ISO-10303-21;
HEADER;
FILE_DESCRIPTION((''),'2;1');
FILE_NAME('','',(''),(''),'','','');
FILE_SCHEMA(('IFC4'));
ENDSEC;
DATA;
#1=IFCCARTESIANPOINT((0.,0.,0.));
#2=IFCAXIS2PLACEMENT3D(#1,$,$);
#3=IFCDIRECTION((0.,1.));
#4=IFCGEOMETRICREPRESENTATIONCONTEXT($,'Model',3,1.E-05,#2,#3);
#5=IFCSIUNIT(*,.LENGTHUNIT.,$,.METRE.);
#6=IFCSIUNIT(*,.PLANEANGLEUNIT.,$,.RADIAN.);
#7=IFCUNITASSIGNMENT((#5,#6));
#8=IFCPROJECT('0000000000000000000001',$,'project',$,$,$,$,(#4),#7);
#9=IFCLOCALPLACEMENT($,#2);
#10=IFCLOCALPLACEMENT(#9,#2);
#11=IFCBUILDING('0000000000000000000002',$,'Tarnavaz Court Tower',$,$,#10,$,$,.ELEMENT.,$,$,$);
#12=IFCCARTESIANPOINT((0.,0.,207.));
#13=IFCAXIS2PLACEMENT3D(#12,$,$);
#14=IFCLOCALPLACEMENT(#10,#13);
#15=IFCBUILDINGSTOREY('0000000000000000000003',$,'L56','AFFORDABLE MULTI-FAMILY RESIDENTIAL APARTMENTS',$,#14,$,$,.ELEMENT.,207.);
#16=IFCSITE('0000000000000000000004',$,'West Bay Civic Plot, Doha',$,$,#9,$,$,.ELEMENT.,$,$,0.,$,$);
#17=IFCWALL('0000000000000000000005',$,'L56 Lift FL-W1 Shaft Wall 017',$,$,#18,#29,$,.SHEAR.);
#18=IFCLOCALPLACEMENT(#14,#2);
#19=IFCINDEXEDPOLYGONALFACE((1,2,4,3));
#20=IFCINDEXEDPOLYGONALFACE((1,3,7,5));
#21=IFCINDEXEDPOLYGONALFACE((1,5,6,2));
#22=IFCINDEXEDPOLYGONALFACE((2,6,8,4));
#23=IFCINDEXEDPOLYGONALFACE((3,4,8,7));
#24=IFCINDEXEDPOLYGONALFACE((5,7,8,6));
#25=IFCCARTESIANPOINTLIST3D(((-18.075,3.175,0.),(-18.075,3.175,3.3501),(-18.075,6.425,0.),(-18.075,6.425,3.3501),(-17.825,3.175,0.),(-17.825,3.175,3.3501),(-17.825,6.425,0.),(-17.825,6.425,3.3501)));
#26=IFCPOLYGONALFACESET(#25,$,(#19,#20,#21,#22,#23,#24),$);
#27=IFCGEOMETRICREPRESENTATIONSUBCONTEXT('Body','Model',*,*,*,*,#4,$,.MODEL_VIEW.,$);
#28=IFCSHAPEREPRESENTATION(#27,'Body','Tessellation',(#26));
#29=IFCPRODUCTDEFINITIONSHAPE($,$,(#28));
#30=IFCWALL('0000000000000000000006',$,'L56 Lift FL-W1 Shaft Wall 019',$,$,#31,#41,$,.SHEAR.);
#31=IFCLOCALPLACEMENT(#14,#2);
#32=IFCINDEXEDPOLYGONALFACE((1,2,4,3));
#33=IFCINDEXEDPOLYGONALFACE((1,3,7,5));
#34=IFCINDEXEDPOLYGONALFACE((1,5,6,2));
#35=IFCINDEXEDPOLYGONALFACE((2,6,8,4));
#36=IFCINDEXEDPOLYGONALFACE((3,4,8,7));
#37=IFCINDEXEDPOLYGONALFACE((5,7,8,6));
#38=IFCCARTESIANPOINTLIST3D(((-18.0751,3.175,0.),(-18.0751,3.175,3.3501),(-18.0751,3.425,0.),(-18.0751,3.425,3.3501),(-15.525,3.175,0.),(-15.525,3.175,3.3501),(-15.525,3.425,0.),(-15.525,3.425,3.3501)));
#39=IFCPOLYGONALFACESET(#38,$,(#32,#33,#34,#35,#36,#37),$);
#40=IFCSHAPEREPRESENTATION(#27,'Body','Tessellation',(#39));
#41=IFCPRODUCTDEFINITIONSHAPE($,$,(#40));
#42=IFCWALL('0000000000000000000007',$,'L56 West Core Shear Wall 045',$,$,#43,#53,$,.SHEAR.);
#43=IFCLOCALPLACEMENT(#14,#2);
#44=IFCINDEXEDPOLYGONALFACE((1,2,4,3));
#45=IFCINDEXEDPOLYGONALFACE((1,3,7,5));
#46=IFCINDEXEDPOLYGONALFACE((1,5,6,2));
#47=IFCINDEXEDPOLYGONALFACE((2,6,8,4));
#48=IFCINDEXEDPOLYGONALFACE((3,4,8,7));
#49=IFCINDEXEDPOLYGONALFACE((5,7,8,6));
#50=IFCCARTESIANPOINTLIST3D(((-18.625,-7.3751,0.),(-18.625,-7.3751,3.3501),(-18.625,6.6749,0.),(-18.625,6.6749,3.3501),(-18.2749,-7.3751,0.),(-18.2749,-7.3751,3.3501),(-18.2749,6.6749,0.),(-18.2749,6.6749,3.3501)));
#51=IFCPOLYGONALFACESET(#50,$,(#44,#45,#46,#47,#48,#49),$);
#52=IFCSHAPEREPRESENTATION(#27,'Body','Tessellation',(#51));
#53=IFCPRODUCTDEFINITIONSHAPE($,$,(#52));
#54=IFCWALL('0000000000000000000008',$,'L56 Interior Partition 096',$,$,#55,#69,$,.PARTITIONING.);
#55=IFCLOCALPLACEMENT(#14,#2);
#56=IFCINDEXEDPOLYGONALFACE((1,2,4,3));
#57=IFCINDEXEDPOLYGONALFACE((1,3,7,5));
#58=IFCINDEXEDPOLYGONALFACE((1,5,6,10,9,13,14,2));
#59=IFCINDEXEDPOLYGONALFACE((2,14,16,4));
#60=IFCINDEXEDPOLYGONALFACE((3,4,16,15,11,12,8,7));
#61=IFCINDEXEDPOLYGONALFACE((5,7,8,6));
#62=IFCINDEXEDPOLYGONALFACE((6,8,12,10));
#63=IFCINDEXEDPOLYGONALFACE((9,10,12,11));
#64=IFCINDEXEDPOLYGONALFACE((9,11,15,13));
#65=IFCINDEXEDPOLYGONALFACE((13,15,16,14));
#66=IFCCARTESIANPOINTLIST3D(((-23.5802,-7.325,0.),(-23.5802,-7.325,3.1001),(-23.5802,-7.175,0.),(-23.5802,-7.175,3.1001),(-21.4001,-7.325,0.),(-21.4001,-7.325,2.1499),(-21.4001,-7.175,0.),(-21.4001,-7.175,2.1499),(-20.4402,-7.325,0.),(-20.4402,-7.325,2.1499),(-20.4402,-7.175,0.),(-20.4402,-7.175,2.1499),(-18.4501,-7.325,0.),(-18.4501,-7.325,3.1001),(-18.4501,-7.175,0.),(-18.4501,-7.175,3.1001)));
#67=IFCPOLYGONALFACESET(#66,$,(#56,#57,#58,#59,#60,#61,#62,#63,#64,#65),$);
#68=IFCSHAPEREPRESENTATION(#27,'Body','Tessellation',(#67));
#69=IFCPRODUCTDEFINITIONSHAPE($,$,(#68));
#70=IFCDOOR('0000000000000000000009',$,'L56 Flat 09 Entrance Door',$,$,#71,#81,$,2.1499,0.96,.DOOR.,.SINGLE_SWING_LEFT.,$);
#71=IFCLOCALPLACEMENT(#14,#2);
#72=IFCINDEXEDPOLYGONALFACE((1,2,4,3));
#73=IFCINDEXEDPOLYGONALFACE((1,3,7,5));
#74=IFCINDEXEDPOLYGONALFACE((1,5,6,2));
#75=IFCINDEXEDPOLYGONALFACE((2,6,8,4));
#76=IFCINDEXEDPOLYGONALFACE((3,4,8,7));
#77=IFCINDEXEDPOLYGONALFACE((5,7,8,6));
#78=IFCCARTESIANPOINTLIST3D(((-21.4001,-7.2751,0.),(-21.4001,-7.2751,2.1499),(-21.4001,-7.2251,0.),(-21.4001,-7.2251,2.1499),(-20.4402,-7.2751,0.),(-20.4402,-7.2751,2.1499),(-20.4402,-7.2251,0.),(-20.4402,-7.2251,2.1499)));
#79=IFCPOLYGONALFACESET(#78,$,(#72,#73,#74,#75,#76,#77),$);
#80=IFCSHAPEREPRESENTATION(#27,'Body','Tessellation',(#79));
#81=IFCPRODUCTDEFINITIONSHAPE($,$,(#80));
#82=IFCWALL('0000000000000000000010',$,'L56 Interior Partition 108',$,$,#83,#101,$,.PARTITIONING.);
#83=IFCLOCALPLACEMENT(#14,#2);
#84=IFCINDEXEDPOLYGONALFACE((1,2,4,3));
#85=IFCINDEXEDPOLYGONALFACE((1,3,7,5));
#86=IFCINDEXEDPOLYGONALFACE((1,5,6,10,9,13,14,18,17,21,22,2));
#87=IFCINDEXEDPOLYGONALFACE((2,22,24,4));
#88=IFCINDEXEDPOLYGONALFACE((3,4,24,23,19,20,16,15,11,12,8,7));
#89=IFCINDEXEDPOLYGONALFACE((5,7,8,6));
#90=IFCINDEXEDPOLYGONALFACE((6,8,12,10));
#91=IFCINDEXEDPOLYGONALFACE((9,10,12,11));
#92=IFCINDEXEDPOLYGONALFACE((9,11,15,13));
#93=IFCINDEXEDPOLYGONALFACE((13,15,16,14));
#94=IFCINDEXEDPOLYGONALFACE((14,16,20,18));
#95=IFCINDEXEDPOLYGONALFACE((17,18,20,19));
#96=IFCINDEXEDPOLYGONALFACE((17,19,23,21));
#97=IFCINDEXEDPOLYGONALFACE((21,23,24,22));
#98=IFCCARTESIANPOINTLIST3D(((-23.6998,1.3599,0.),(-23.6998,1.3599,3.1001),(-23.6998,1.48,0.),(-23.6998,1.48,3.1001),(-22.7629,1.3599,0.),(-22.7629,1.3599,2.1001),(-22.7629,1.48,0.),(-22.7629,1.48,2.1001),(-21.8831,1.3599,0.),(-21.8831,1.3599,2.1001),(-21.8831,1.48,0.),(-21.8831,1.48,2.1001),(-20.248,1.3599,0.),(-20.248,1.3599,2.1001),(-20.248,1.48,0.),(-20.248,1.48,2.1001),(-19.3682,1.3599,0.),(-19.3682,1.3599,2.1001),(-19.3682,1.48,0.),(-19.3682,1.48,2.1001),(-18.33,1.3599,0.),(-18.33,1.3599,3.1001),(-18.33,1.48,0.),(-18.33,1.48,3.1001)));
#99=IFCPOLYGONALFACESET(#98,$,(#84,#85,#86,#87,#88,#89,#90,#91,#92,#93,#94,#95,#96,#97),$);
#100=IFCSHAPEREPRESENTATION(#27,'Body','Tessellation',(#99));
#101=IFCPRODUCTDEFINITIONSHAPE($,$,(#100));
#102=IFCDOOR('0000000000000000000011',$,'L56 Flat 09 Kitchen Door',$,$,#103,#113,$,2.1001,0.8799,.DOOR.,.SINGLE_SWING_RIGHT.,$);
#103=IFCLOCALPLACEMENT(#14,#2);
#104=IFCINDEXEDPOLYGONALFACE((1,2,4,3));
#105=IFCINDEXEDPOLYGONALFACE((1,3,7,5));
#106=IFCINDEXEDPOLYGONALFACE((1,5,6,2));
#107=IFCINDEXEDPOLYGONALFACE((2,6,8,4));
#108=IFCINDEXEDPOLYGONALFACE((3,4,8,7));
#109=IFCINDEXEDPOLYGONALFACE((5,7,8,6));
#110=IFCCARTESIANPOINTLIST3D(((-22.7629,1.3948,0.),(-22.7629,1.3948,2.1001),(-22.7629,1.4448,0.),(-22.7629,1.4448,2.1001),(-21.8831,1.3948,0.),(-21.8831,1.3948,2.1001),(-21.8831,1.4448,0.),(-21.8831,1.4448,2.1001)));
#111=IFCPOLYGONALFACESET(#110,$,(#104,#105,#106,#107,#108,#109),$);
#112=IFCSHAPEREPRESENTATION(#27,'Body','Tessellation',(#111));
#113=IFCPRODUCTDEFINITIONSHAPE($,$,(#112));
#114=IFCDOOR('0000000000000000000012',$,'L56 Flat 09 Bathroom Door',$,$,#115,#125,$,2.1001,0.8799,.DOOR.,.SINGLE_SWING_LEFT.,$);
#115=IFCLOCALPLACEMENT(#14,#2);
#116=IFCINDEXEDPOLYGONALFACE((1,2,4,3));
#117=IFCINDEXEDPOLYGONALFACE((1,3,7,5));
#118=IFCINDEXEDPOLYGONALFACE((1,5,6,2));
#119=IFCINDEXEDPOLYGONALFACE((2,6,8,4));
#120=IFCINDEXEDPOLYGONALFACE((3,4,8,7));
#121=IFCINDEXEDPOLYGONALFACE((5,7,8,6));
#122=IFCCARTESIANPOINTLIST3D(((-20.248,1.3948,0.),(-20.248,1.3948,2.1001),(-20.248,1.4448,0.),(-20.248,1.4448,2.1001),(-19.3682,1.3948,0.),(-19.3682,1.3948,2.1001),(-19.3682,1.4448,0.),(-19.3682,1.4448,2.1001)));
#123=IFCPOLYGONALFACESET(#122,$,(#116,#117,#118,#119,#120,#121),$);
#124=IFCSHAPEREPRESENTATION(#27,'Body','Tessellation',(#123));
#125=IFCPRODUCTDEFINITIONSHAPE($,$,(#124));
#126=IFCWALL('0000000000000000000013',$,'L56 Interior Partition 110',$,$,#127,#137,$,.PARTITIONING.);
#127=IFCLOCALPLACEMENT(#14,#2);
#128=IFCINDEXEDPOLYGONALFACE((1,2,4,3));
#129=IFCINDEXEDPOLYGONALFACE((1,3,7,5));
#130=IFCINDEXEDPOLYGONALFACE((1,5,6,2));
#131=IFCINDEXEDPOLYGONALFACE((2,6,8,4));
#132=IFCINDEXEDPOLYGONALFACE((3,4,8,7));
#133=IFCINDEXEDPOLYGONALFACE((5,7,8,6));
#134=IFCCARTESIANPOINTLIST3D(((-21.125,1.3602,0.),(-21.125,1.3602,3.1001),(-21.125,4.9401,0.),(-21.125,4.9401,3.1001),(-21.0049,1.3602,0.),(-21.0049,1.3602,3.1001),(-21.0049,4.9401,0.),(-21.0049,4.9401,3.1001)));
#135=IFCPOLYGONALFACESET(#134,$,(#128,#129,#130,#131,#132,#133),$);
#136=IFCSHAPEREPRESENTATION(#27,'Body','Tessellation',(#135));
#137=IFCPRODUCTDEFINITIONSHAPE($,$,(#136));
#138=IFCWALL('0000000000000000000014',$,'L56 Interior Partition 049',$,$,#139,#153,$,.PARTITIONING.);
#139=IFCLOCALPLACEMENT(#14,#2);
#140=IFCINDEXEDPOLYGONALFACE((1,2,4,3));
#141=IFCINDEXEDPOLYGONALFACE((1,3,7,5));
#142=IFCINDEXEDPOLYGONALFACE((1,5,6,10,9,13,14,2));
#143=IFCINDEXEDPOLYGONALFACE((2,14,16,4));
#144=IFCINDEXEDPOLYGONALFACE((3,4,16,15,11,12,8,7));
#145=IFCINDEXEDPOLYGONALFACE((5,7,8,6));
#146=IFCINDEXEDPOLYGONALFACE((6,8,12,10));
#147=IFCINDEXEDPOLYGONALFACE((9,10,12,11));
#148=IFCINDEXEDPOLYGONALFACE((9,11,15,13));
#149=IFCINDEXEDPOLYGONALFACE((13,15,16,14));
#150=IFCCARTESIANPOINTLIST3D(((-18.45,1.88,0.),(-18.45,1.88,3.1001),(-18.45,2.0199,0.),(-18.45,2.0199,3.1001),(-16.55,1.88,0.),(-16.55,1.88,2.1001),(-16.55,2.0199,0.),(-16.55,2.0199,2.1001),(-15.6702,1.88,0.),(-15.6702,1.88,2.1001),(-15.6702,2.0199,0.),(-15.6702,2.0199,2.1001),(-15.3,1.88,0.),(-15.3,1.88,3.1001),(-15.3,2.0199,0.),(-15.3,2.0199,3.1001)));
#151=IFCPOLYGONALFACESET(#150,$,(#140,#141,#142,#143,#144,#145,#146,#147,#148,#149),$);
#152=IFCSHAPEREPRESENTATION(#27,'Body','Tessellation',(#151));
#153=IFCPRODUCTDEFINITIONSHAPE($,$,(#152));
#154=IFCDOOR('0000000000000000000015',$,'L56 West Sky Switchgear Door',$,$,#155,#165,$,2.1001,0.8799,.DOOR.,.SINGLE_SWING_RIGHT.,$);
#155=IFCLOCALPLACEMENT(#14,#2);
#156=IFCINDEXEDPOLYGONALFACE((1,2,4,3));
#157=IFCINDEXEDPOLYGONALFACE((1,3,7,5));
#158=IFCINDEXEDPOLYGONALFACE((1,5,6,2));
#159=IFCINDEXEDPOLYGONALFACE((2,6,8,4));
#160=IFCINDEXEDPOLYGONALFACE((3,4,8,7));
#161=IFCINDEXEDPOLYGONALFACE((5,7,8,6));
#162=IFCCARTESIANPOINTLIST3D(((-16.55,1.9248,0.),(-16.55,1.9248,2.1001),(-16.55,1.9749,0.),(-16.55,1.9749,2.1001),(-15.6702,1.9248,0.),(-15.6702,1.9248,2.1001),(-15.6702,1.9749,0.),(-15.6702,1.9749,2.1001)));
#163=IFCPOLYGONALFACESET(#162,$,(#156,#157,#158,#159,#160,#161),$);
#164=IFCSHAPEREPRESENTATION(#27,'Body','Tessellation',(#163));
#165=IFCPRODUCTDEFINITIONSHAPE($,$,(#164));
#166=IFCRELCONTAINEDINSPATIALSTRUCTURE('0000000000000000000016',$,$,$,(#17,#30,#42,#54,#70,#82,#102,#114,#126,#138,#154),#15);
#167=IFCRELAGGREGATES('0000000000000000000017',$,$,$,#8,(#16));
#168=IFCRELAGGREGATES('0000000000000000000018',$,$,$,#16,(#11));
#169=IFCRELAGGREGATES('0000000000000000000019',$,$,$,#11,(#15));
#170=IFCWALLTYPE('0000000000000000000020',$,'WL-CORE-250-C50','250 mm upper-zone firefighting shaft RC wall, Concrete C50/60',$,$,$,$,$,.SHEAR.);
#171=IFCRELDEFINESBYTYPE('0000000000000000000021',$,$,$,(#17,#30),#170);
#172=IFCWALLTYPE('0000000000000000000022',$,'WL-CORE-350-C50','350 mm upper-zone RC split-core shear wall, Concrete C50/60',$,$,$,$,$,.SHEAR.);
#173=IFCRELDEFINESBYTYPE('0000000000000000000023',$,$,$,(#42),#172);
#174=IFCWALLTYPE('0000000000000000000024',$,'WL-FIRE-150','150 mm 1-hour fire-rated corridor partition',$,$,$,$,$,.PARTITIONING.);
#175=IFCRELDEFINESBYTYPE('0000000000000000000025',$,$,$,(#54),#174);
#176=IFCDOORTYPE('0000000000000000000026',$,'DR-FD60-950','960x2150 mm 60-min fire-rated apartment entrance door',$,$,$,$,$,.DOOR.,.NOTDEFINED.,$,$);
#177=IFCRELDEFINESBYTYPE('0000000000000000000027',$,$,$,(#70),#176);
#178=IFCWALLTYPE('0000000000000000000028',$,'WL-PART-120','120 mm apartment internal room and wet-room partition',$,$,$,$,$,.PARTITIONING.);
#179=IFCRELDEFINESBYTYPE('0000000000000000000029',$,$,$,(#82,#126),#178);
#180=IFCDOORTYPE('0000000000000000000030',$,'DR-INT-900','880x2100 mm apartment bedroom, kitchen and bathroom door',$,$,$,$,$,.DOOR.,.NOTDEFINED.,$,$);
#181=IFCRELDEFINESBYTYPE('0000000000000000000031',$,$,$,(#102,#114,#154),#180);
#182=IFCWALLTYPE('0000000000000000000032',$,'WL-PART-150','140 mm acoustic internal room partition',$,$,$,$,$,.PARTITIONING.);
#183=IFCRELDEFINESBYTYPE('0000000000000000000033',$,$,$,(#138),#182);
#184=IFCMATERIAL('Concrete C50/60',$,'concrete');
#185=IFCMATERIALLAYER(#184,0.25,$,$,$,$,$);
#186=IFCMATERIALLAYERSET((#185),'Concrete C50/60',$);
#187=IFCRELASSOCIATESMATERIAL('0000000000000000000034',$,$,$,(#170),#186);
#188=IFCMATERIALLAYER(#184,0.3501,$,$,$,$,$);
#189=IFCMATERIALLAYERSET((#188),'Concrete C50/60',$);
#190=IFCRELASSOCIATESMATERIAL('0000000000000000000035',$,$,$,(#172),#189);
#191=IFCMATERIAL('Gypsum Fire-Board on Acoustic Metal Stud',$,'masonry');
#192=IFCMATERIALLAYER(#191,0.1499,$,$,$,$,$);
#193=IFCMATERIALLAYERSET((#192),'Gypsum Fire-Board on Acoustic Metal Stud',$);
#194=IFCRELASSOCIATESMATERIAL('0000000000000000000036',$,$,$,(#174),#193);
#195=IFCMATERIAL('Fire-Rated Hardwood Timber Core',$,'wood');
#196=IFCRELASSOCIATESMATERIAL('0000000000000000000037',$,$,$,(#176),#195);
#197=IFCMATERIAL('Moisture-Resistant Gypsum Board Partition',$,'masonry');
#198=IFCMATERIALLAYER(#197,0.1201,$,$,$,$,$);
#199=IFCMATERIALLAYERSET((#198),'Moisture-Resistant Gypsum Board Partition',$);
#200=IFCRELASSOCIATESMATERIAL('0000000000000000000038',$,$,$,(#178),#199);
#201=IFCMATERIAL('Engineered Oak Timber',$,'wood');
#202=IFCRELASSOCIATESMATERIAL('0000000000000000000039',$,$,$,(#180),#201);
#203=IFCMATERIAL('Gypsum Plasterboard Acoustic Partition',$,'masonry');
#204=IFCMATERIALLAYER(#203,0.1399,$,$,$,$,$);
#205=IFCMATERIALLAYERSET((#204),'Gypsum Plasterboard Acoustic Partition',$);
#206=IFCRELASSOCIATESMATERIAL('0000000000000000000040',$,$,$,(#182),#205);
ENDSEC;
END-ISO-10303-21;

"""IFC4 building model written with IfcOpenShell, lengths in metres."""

from ifc_helpers import new_model, si_unit, direction, frame, frame_2d, origin, place, context, subcontext, project, spatial, rectangle, extrude, material, layer, layer_set, type_object, element, fill, save


model = new_model("IFC4")

# Units and contexts
model_context = context("Model", 3, precision=1e-05, world=origin(), true_north=direction((0.0, 1.0)))
body_context = subcontext(model_context, "Body", "Model", "MODEL_VIEW")
ifc_project = project(units=[si_unit("LENGTHUNIT", "METRE"), si_unit("PLANEANGLEUNIT", "RADIAN")], contexts=[model_context])

# Site, building, storey
site_placement = place(None, origin())
site = spatial("IfcSite", under=ifc_project, at=site_placement, Name="West Bay Civic Plot, Doha", CompositionType="ELEMENT", RefElevation=0.0)
building_placement = place(site_placement, origin())
building = spatial("IfcBuilding", under=site, at=building_placement, Name="Tarnavaz Court Tower", CompositionType="ELEMENT")
storey_placement = place(building_placement, frame((0.0, 0.0, 207.0)))
storey = spatial("IfcBuildingStorey", under=building, at=storey_placement, Name="L56", Description="AFFORDABLE MULTI-FAMILY RESIDENTIAL APARTMENTS", CompositionType="ELEMENT", Elevation=207.0)

# Shared definitions
ifc_material_1 = material(Name="Concrete C50/60", Category="concrete")

# Walls
ifc_layer_1 = layer(ifc_material_1, 0.25)
ifc_layer_set_1 = layer_set([ifc_layer_1], Name="Concrete C50/60")
wall_type_1 = type_object("IfcWallType", Name="WL-CORE-250-C50", Description="250 mm upper-zone firefighting shaft RC wall, Concrete C50/60", PredefinedType="SHEAR", material=ifc_layer_set_1)
wall_1_placement = place(storey_placement, frame((-17.95, 3.175, 0.0), z_axis=(0.0, 0.0, 1.0), x_axis=(0.0, 1.0, 0.0)))
element("IfcWall", 1, at=wall_1_placement, inside=storey, type_object=wall_type_1, Name="L56 Lift FL-W1 Shaft Wall 017", PredefinedType="SHEAR", context=body_context, shape_type="SweptSolid", body=[
    extrude(rectangle(XDim=3.25, YDim=0.25, at=frame_2d((1.625, 0.0))), origin(), (0.0, 0.0, 1.0), 3.3501),
])
wall_2_placement = place(storey_placement, frame((-18.075, 3.3, 0.0), z_axis=(0.0, 0.0, 1.0), x_axis=(1.0, 0.0, 0.0)))
element("IfcWall", 2, at=wall_2_placement, inside=storey, type_object=wall_type_1, Name="L56 Lift FL-W1 Shaft Wall 019", PredefinedType="SHEAR", context=body_context, shape_type="SweptSolid", body=[
    extrude(rectangle(XDim=2.55, YDim=0.25, at=frame_2d((1.2749, 0.0))), origin(), (0.0, 0.0, 1.0), 3.3501),
])
ifc_layer_2 = layer(ifc_material_1, 0.3501)
ifc_layer_set_2 = layer_set([ifc_layer_2], Name="Concrete C50/60")
wall_type_2 = type_object("IfcWallType", Name="WL-CORE-350-C50", Description="350 mm upper-zone RC split-core shear wall, Concrete C50/60", PredefinedType="SHEAR", material=ifc_layer_set_2)
wall_3_placement = place(storey_placement, frame((-18.45, -7.375, 0.0), z_axis=(0.0, 0.0, 1.0), x_axis=(0.0, 1.0, 0.0)))
element("IfcWall", 3, at=wall_3_placement, inside=storey, type_object=wall_type_2, Name="L56 West Core Shear Wall 045", PredefinedType="SHEAR", context=body_context, shape_type="SweptSolid", body=[
    extrude(rectangle(XDim=14.05, YDim=0.3501, at=frame_2d((7.0249, 0.0))), origin(), (0.0, 0.0, 1.0), 3.3501),
])

# Wall, opening, door
ifc_material_2 = material(Name="Fire-Rated Hardwood Timber Core", Category="wood")
ifc_material_3 = material(Name="Gypsum Fire-Board on Acoustic Metal Stud", Category="masonry")
ifc_layer_3 = layer(ifc_material_3, 0.1499)
ifc_layer_set_3 = layer_set([ifc_layer_3], Name="Gypsum Fire-Board on Acoustic Metal Stud")
wall_type_3 = type_object("IfcWallType", Name="WL-FIRE-150", Description="150 mm 1-hour fire-rated corridor partition", PredefinedType="PARTITIONING", material=ifc_layer_set_3)
wall_4_placement = place(storey_placement, frame((-23.5801, -7.25, 0.0), z_axis=(0.0, 0.0, 1.0), x_axis=(1.0, 0.0, 0.0)))
wall_4 = element("IfcWall", 4, at=wall_4_placement, inside=storey, type_object=wall_type_3, Name="L56 Interior Partition 096", PredefinedType="PARTITIONING", context=body_context, shape_type="SweptSolid", body=[
    extrude(rectangle(XDim=5.1301, YDim=0.1499, at=frame_2d((2.5649, 0.0))), origin(), (0.0, 0.0, 1.0), 3.1001),
])
opening_1_placement = place(wall_4_placement, frame((2.1799, 0.0, 0.0)))
opening_1 = element("IfcOpeningElement", 5, at=opening_1_placement, cuts=wall_4, PredefinedType="OPENING", context=body_context, shape_type="SweptSolid", body=[
    extrude(rectangle(XDim=0.96, YDim=2.1499, at=frame_2d((0.48, 1.075))), frame((0.0, 0.085, 0.0), z_axis=(0.0, -1.0, 0.0), x_axis=(1.0, 0.0, 0.0)), (0.0, 0.0, 1.0), 0.1699),
])
door_type_1 = type_object("IfcDoorType", Name="DR-FD60-950", Description="960x2150 mm 60-min fire-rated apartment entrance door", OperationType="NOTDEFINED", PredefinedType="DOOR", material=ifc_material_2)
door_1_placement = place(opening_1_placement, origin())
door_1 = element("IfcDoor", 6, at=door_1_placement, inside=storey, type_object=door_type_1, Name="L56 Flat 09 Entrance Door", OperationType="SINGLE_SWING_LEFT", OverallHeight=2.1499, OverallWidth=0.96, PredefinedType="DOOR", context=body_context, shape_type="SweptSolid", body=[
    extrude(rectangle(XDim=0.96, YDim=2.1499, at=frame_2d((0.48, 1.075))), frame((0.0, 0.0249, 0.0), z_axis=(0.0, -1.0, 0.0), x_axis=(1.0, 0.0, 0.0)), (0.0, 0.0, 1.0), 0.05),
])
fill(opening_1, door_1)

# Wall, openings, doors
ifc_material_4 = material(Name="Moisture-Resistant Gypsum Board Partition", Category="masonry")
ifc_layer_4 = layer(ifc_material_4, 0.1201)
ifc_layer_set_4 = layer_set([ifc_layer_4], Name="Moisture-Resistant Gypsum Board Partition")
wall_type_4 = type_object("IfcWallType", Name="WL-PART-120", Description="120 mm apartment internal room and wet-room partition", PredefinedType="PARTITIONING", material=ifc_layer_set_4)
wall_5_placement = place(storey_placement, frame((-23.7, 1.4199, 0.0), z_axis=(0.0, 0.0, 1.0), x_axis=(1.0, 0.0, 0.0)))
wall_5 = element("IfcWall", 7, at=wall_5_placement, inside=storey, type_object=wall_type_4, Name="L56 Interior Partition 108", PredefinedType="PARTITIONING", context=body_context, shape_type="SweptSolid", body=[
    extrude(rectangle(XDim=5.3699, YDim=0.1201, at=frame_2d((2.6851, 0.0))), origin(), (0.0, 0.0, 1.0), 3.1001),
])
opening_2_placement = place(wall_5_placement, frame((0.937, 0.0, 0.0)))
opening_2 = element("IfcOpeningElement", 8, at=opening_2_placement, cuts=wall_5, PredefinedType="OPENING", context=body_context, shape_type="SweptSolid", body=[
    extrude(rectangle(XDim=0.8799, YDim=2.1001, at=frame_2d((0.4399, 1.05))), frame((0.0, 0.0701, 0.0), z_axis=(0.0, -1.0, 0.0), x_axis=(1.0, 0.0, 0.0)), (0.0, 0.0, 1.0), 0.1401),
])
opening_3_placement = place(wall_5_placement, frame((3.4519, 0.0, 0.0)))
opening_3 = element("IfcOpeningElement", 9, at=opening_3_placement, cuts=wall_5, PredefinedType="OPENING", context=body_context, shape_type="SweptSolid", body=[
    extrude(rectangle(XDim=0.8799, YDim=2.1001, at=frame_2d((0.4399, 1.05))), frame((0.0, 0.0701, 0.0), z_axis=(0.0, -1.0, 0.0), x_axis=(1.0, 0.0, 0.0)), (0.0, 0.0, 1.0), 0.1401),
])
ifc_material_5 = material(Name="Engineered Oak Timber", Category="wood")
door_type_2 = type_object("IfcDoorType", Name="DR-INT-900", Description="880x2100 mm apartment bedroom, kitchen and bathroom door", OperationType="NOTDEFINED", PredefinedType="DOOR", material=ifc_material_5)
door_2_placement = place(opening_2_placement, origin())
door_2 = element("IfcDoor", 10, at=door_2_placement, inside=storey, type_object=door_type_2, Name="L56 Flat 09 Kitchen Door", OperationType="SINGLE_SWING_RIGHT", OverallHeight=2.1001, OverallWidth=0.8799, PredefinedType="DOOR", context=body_context, shape_type="SweptSolid", body=[
    extrude(rectangle(XDim=0.8799, YDim=2.1001, at=frame_2d((0.4399, 1.05))), frame((0.0, 0.0249, 0.0), z_axis=(0.0, -1.0, 0.0), x_axis=(1.0, 0.0, 0.0)), (0.0, 0.0, 1.0), 0.05),
])
fill(opening_2, door_2)
door_3_placement = place(opening_3_placement, origin())
door_3 = element("IfcDoor", 11, at=door_3_placement, inside=storey, type_object=door_type_2, Name="L56 Flat 09 Bathroom Door", OperationType="SINGLE_SWING_LEFT", OverallHeight=2.1001, OverallWidth=0.8799, PredefinedType="DOOR", context=body_context, shape_type="SweptSolid", body=[
    extrude(rectangle(XDim=0.8799, YDim=2.1001, at=frame_2d((0.4399, 1.05))), frame((0.0, 0.0249, 0.0), z_axis=(0.0, -1.0, 0.0), x_axis=(1.0, 0.0, 0.0)), (0.0, 0.0, 1.0), 0.05),
])
fill(opening_3, door_3)

# Wall
wall_6_placement = place(storey_placement, frame((-21.0649, 1.3601, 0.0), z_axis=(0.0, 0.0, 1.0), x_axis=(0.0, 1.0, 0.0)))
element("IfcWall", 12, at=wall_6_placement, inside=storey, type_object=wall_type_4, Name="L56 Interior Partition 110", PredefinedType="PARTITIONING", context=body_context, shape_type="SweptSolid", body=[
    extrude(rectangle(XDim=3.5798, YDim=0.1201, at=frame_2d((1.79, 0.0))), origin(), (0.0, 0.0, 1.0), 3.1001),
])

# Wall, opening, door
ifc_material_6 = material(Name="Gypsum Plasterboard Acoustic Partition", Category="masonry")
ifc_layer_5 = layer(ifc_material_6, 0.1399)
ifc_layer_set_5 = layer_set([ifc_layer_5], Name="Gypsum Plasterboard Acoustic Partition")
wall_type_5 = type_object("IfcWallType", Name="WL-PART-150", Description="140 mm acoustic internal room partition", PredefinedType="PARTITIONING", material=ifc_layer_set_5)
wall_7_placement = place(storey_placement, frame((-18.45, 1.95, 0.0), z_axis=(0.0, 0.0, 1.0), x_axis=(1.0, 0.0, 0.0)))
wall_7 = element("IfcWall", 13, at=wall_7_placement, inside=storey, type_object=wall_type_5, Name="L56 Interior Partition 049", PredefinedType="PARTITIONING", context=body_context, shape_type="SweptSolid", body=[
    extrude(rectangle(XDim=3.1499, YDim=0.1399, at=frame_2d((1.575, 0.0))), origin(), (0.0, 0.0, 1.0), 3.1001),
])
opening_4_placement = place(wall_7_placement, frame((1.8999, 0.0, 0.0)))
opening_4 = element("IfcOpeningElement", 14, at=opening_4_placement, cuts=wall_7, PredefinedType="OPENING", context=body_context, shape_type="SweptSolid", body=[
    extrude(rectangle(XDim=0.8799, YDim=2.1001, at=frame_2d((0.4399, 1.05))), frame((0.0, 0.0798, 0.0), z_axis=(0.0, -1.0, 0.0), x_axis=(1.0, 0.0, 0.0)), (0.0, 0.0, 1.0), 0.1599),
])
door_4_placement = place(opening_4_placement, origin())
door_4 = element("IfcDoor", 15, at=door_4_placement, inside=storey, type_object=door_type_2, Name="L56 West Sky Switchgear Door", OperationType="SINGLE_SWING_RIGHT", OverallHeight=2.1001, OverallWidth=0.8799, PredefinedType="DOOR", context=body_context, shape_type="SweptSolid", body=[
    extrude(rectangle(XDim=0.8799, YDim=2.1001, at=frame_2d((0.4399, 1.05))), frame((0.0, 0.0249, 0.0), z_axis=(0.0, -1.0, 0.0), x_axis=(1.0, 0.0, 0.0)), (0.0, 0.0, 1.0), 0.05),
])
fill(opening_4, door_4)

save(model, "model.ifc")
